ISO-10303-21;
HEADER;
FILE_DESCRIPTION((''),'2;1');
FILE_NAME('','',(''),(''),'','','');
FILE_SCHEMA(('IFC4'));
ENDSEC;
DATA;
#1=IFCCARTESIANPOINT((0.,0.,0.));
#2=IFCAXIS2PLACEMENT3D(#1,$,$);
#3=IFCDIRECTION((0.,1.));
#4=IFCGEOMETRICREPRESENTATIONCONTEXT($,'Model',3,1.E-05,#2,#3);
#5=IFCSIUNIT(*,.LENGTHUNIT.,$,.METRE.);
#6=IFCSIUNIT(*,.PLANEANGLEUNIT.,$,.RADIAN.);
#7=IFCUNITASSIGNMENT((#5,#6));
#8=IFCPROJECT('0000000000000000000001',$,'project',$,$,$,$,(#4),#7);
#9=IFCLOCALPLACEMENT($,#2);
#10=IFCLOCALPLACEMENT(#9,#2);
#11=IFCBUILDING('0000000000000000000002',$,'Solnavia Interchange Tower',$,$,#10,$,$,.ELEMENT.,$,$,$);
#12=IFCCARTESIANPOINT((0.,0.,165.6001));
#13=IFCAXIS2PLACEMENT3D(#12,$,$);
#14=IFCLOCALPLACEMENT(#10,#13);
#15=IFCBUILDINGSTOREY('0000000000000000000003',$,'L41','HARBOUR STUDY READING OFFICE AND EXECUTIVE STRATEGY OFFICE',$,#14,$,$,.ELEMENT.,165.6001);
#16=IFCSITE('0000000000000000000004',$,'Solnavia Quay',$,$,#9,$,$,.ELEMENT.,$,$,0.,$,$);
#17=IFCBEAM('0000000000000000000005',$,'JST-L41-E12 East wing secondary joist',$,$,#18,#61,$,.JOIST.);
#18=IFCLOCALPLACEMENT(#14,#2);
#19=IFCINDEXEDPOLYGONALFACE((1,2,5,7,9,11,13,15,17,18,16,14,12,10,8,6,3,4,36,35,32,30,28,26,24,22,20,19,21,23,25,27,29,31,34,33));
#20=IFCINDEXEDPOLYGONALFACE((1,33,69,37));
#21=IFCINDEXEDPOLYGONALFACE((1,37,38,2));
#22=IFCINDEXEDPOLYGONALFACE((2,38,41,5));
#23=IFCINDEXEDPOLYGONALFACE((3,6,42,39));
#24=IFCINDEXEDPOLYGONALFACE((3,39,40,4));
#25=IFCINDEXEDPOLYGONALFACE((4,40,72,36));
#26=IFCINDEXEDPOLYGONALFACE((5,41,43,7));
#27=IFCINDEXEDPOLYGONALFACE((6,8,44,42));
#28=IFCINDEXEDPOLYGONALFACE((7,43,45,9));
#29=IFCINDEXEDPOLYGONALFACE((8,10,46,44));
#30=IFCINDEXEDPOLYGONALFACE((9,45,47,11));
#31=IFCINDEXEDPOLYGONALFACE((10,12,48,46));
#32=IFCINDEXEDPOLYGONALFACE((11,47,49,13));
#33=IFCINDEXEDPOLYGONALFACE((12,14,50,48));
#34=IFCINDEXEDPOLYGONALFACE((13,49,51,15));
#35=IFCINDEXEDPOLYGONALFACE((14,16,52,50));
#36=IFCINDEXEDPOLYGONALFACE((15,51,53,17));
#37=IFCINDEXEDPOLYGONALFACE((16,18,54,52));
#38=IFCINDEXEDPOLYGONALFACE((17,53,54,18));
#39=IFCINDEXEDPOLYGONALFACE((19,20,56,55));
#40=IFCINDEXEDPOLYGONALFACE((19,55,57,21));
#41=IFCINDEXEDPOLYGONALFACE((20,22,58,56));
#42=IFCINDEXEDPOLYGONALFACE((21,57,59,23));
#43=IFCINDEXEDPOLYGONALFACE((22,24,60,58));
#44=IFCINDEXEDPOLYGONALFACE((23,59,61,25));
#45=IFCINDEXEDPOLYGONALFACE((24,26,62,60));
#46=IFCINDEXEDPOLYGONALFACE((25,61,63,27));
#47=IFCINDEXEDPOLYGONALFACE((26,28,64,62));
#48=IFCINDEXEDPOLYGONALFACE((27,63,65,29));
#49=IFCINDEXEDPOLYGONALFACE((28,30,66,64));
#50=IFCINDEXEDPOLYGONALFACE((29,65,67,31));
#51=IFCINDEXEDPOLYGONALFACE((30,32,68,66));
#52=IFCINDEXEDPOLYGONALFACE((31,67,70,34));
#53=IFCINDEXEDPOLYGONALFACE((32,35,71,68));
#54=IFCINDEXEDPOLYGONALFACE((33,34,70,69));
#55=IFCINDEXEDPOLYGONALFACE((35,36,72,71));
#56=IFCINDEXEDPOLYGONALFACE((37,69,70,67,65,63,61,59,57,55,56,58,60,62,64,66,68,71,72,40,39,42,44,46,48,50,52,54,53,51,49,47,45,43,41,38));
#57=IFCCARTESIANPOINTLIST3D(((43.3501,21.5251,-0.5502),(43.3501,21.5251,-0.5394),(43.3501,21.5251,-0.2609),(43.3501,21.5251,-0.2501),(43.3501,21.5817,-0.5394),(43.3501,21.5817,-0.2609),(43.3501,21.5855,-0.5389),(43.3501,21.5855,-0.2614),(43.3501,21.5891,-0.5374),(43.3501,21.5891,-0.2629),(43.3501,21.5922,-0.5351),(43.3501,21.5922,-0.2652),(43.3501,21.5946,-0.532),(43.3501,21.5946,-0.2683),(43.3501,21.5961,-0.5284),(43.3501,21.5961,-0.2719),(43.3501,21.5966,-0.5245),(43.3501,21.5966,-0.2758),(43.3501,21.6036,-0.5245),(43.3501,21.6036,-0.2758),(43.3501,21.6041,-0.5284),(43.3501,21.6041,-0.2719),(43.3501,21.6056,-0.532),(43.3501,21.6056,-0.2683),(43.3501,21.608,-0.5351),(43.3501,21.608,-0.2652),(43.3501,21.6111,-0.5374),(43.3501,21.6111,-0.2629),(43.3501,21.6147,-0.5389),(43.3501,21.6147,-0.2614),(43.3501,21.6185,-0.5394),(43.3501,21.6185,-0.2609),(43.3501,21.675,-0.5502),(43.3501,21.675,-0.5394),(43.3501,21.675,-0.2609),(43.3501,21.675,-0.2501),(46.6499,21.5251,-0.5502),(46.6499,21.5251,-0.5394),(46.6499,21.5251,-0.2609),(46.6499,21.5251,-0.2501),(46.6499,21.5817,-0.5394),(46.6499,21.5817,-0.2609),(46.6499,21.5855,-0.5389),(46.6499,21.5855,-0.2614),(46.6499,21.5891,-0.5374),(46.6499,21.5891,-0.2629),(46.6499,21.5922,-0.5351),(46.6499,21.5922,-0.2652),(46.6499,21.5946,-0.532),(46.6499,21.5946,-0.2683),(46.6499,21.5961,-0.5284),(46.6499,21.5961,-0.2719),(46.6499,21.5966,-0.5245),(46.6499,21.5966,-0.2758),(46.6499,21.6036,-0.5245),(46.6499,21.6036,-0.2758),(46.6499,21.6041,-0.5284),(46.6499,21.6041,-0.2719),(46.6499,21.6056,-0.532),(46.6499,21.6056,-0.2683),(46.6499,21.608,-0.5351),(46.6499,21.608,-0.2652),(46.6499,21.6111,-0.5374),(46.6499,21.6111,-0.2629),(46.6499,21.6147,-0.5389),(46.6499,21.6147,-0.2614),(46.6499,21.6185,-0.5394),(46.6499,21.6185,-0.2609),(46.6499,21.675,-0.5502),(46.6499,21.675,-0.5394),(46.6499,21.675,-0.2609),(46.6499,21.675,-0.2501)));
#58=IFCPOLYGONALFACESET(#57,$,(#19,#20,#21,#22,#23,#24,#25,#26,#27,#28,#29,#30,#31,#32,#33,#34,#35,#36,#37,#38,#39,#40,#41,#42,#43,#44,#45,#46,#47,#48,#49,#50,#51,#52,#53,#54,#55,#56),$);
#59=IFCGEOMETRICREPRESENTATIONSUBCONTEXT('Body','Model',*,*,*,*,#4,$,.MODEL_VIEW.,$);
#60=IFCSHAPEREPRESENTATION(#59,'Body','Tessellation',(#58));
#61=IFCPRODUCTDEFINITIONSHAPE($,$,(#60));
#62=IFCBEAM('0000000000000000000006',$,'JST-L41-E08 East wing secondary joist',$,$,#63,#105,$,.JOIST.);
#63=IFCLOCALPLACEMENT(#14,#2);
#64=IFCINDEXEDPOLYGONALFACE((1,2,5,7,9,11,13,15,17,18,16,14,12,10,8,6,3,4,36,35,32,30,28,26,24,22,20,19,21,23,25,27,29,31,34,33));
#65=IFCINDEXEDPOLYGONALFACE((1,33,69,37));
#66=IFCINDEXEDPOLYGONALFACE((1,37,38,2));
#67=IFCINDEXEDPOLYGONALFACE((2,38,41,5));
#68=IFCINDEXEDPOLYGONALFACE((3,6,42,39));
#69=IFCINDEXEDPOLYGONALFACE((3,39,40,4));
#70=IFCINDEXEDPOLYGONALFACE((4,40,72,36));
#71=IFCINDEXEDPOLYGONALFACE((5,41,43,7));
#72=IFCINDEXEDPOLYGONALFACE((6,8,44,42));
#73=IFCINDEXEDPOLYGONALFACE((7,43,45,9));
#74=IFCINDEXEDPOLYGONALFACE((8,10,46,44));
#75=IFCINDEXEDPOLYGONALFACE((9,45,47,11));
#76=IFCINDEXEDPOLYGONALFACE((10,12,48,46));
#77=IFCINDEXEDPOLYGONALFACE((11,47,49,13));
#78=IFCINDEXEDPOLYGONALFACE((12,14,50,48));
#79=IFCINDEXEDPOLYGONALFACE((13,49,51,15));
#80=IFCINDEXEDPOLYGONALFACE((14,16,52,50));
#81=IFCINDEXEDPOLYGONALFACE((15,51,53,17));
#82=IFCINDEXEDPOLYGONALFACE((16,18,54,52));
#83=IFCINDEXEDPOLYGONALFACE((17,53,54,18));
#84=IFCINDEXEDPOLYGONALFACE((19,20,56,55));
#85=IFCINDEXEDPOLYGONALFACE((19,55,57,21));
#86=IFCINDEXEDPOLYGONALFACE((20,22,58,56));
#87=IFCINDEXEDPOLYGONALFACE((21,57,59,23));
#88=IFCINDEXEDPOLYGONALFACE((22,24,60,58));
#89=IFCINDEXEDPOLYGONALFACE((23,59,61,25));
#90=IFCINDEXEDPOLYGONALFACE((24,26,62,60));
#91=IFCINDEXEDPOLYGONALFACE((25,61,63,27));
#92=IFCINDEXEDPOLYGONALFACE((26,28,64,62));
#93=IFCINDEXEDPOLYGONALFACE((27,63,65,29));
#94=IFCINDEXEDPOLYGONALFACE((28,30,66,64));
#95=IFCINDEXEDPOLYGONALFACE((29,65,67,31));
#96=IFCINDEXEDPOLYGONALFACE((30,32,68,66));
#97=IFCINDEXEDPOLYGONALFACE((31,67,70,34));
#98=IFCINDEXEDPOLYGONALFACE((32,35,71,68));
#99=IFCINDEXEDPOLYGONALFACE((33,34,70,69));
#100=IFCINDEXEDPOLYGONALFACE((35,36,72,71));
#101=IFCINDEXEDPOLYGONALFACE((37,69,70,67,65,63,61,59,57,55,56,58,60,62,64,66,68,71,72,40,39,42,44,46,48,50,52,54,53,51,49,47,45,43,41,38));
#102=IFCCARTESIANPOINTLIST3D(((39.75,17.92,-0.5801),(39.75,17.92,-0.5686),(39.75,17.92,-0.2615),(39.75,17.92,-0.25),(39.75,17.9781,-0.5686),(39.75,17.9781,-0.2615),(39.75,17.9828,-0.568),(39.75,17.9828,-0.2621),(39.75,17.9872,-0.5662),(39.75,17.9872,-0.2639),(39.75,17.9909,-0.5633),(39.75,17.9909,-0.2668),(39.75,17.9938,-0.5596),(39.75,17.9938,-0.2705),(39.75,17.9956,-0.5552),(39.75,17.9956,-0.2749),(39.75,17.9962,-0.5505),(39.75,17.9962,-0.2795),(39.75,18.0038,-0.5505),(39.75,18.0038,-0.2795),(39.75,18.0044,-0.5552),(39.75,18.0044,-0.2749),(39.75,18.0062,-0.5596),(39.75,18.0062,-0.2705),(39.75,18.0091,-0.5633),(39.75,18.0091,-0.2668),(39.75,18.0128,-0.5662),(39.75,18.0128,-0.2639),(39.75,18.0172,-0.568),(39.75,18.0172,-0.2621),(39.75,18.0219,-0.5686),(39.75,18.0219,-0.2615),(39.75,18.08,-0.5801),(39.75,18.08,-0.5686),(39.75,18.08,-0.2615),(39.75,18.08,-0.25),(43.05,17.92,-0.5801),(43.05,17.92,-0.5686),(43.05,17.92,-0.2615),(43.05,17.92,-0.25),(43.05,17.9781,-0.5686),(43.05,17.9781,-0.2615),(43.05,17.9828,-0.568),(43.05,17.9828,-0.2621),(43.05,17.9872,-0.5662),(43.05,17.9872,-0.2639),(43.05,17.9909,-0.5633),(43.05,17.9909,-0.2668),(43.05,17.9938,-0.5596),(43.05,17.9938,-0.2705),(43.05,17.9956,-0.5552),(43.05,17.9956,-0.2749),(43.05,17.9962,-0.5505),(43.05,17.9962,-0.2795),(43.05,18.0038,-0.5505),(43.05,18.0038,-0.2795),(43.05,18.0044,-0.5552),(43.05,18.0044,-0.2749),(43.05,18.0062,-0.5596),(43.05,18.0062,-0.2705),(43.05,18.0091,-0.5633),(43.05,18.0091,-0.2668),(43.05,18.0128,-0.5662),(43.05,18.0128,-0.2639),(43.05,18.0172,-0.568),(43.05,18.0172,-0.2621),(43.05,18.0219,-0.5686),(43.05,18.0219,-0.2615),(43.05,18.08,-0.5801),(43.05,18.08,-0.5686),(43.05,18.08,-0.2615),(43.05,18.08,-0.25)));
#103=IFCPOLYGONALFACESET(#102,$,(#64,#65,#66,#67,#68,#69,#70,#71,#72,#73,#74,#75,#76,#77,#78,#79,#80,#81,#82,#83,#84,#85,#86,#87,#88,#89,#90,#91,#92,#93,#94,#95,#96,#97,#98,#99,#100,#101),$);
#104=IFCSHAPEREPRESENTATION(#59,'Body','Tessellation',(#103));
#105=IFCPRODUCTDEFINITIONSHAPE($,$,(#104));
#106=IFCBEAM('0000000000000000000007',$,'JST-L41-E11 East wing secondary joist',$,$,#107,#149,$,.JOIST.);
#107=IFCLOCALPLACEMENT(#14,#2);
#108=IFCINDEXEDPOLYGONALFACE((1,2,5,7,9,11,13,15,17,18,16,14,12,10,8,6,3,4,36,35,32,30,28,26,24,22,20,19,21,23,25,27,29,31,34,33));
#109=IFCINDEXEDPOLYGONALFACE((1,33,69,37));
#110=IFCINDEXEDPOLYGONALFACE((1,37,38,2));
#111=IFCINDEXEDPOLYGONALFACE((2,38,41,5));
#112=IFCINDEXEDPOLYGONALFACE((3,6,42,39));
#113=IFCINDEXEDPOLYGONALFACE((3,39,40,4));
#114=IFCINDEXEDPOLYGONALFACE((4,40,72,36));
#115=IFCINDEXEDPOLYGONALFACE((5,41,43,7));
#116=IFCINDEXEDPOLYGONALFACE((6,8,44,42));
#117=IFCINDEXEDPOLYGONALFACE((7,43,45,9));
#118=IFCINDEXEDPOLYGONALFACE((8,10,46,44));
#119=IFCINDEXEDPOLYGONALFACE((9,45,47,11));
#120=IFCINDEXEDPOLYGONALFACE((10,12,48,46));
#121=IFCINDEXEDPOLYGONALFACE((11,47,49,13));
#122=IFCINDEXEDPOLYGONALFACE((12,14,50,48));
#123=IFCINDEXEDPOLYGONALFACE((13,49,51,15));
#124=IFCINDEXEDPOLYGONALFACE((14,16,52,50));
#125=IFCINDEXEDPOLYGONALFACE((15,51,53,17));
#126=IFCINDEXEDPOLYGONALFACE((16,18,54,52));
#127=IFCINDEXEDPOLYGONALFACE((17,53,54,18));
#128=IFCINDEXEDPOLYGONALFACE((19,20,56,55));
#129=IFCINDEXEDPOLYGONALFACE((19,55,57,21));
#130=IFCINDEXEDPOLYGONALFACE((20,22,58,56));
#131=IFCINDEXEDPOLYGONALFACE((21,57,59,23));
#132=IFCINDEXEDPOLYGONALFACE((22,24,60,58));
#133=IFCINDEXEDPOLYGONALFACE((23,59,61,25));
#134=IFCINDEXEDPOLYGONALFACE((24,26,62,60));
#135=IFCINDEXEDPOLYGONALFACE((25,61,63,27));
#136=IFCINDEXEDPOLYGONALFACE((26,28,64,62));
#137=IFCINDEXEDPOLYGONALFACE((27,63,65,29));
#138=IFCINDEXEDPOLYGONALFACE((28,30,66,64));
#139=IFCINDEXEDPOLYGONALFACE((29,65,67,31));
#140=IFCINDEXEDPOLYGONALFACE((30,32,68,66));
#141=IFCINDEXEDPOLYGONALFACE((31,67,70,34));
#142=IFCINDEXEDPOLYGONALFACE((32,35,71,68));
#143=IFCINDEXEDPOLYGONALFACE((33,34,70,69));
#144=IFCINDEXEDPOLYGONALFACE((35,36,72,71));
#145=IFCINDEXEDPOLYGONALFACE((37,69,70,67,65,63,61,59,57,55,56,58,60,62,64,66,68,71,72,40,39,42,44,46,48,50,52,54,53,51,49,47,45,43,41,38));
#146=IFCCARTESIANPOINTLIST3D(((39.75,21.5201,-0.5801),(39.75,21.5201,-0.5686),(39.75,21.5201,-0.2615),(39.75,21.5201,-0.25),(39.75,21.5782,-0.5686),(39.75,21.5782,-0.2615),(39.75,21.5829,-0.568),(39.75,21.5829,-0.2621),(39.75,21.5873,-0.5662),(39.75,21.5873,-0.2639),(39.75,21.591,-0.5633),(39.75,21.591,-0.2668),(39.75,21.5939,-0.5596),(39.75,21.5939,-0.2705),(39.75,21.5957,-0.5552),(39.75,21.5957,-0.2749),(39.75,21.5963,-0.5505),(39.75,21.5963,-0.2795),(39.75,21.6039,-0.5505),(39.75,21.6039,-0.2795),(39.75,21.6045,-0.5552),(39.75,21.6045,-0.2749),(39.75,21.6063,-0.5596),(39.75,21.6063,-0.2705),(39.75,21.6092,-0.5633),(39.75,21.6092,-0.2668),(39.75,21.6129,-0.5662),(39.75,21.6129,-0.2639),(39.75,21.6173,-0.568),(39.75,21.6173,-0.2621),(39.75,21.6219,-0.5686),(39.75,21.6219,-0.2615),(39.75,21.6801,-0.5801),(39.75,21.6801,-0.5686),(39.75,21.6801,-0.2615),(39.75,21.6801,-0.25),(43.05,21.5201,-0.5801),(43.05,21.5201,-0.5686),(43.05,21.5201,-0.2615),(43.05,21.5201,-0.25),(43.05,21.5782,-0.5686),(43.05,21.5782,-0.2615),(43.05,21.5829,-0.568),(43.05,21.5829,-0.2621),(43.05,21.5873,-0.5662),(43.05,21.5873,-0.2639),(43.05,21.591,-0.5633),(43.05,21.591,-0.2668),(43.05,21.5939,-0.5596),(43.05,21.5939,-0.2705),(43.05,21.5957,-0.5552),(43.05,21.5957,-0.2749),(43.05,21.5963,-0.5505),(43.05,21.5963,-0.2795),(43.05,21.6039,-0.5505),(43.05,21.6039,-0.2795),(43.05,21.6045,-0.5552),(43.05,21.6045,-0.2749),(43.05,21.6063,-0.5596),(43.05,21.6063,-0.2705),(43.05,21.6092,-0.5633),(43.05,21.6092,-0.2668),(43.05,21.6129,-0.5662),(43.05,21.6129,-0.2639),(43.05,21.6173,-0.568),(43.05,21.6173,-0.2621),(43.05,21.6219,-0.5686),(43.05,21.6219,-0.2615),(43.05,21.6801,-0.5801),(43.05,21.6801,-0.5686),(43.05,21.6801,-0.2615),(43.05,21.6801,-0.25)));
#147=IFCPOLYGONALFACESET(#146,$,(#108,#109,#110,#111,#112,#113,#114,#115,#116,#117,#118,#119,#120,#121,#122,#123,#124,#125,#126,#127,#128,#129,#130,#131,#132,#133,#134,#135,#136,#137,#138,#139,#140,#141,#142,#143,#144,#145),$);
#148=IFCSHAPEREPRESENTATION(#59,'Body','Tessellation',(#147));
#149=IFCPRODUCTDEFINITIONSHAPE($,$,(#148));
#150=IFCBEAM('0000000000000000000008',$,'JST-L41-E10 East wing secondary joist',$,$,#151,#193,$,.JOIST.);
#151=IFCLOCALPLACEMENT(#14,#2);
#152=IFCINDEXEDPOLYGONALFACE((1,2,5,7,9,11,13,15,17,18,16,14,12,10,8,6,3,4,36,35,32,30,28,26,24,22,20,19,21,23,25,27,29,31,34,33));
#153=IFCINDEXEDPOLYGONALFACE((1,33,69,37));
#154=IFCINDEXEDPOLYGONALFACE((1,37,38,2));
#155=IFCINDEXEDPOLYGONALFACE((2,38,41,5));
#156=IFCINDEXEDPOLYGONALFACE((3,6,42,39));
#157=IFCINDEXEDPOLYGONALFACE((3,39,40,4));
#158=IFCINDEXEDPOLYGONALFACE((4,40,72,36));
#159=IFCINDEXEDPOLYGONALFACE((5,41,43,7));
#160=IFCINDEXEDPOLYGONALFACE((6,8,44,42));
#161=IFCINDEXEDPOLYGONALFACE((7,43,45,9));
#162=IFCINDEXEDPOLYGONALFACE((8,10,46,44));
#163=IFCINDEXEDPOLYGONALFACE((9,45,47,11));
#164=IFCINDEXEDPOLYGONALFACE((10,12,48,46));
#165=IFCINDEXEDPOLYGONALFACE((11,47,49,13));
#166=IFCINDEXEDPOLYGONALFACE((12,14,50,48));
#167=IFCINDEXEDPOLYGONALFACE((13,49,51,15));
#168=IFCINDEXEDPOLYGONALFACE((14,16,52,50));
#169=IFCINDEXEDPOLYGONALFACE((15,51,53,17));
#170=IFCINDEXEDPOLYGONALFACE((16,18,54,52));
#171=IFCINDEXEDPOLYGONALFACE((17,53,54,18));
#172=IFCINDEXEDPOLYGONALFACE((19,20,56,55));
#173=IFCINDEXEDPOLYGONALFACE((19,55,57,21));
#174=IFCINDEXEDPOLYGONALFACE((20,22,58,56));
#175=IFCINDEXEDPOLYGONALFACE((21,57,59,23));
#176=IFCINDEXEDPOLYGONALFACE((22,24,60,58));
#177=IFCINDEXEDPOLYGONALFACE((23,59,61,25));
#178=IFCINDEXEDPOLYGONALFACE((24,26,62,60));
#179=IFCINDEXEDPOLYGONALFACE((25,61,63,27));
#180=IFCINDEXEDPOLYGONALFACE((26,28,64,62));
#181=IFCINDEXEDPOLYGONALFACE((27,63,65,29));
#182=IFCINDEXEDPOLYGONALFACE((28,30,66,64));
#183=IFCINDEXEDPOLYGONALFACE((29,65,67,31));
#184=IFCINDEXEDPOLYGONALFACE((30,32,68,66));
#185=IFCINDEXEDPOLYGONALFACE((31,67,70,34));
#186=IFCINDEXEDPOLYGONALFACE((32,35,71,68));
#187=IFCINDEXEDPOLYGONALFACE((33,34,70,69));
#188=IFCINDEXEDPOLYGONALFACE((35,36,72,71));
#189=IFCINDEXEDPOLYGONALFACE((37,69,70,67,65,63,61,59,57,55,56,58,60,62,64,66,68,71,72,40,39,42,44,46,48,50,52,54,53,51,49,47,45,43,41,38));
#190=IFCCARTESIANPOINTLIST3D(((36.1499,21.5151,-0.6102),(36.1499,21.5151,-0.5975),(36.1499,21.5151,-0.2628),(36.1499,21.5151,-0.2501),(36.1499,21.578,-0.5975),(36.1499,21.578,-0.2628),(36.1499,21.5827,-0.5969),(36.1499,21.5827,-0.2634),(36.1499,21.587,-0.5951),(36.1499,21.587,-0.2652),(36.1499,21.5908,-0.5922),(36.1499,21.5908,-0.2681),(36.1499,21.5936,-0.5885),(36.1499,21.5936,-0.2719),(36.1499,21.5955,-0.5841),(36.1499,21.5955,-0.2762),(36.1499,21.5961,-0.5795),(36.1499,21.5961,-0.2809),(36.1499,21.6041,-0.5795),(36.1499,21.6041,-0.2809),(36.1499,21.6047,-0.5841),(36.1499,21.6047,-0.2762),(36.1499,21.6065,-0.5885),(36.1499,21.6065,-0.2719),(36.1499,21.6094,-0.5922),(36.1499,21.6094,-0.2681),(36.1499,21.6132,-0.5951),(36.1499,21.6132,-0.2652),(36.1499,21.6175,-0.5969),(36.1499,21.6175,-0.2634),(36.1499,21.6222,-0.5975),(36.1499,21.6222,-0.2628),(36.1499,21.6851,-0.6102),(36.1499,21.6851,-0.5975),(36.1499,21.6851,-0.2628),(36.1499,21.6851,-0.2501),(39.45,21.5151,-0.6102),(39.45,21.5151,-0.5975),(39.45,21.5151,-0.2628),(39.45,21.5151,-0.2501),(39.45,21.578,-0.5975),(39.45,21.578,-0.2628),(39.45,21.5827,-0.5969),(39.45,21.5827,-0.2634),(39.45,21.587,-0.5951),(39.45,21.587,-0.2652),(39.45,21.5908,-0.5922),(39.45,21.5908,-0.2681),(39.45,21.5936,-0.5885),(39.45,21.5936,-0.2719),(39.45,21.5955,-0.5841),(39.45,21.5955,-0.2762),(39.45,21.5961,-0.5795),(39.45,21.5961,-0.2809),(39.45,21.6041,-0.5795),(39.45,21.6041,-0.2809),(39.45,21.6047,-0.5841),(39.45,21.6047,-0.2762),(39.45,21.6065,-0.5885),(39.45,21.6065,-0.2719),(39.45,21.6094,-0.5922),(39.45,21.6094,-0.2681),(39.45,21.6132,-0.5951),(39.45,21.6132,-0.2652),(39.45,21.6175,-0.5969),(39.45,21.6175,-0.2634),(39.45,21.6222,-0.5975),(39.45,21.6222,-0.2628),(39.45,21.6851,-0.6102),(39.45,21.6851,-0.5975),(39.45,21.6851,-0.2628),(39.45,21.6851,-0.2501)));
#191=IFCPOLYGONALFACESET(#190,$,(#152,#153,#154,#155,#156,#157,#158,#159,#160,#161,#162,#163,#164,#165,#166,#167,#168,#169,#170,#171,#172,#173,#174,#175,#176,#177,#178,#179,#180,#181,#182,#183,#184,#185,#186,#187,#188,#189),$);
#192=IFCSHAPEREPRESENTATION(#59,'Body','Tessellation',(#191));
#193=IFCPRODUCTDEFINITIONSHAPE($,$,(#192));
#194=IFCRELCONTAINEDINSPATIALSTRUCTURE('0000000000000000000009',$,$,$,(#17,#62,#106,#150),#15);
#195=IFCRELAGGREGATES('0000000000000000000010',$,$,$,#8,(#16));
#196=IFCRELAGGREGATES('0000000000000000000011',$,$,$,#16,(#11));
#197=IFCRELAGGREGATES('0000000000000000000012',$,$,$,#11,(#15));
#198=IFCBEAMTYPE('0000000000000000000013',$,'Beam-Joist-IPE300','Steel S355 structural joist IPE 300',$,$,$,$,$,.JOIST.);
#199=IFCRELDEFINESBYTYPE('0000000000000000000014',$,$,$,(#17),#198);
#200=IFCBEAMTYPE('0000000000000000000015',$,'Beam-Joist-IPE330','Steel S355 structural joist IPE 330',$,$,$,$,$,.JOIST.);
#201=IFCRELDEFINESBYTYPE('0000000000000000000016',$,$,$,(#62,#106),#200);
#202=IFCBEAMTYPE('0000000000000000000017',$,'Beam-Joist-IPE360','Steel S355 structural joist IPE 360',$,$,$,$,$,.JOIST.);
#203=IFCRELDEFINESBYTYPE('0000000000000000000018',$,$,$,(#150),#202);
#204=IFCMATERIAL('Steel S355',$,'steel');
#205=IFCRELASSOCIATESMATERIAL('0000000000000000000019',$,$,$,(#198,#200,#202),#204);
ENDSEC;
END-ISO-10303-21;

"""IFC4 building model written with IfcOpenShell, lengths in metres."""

from ifc_helpers import new_model, si_unit, direction, frame, origin, origin_2d, place, context, subcontext, project, spatial, i_section, extrude, material, material_profile, profile_set, type_object, element, save


model = new_model("IFC4")

# Units and contexts
model_context = context("Model", 3, precision=1e-05, world=origin(), true_north=direction((0.0, 1.0)))
body_context = subcontext(model_context, "Body", "Model", "MODEL_VIEW")
ifc_project = project(units=[si_unit("LENGTHUNIT", "METRE"), si_unit("PLANEANGLEUNIT", "RADIAN")], contexts=[model_context])

# Site, building, storey
site_placement = place(None, origin())
site = spatial("IfcSite", under=ifc_project, at=site_placement, Name="Solnavia Quay", CompositionType="ELEMENT", RefElevation=0.0)
building_placement = place(site_placement, origin())
building = spatial("IfcBuilding", under=site, at=building_placement, Name="Solnavia Interchange Tower", CompositionType="ELEMENT")
storey_placement = place(building_placement, frame((0.0, 0.0, 165.6001)))
storey = spatial("IfcBuildingStorey", under=building, at=storey_placement, Name="L41", Description="HARBOUR STUDY READING OFFICE AND EXECUTIVE STRATEGY OFFICE", CompositionType="ELEMENT", Elevation=165.6001)

# Shared definitions
ifc_material_1 = material(Name="Steel S355", Category="steel")

# Beams
ifc_material_profile_1 = material_profile(ifc_material_1, i_section(OverallWidth=0.1499, OverallDepth=0.3, WebThickness=0.0071, FlangeThickness=0.0107, FilletRadius=0.0149, at=origin_2d()), Name="IPE 300")
ifc_profile_set_1 = profile_set([ifc_material_profile_1], Name="Steel S355")
beam_type_1 = type_object("IfcBeamType", Name="Beam-Joist-IPE300", Description="Steel S355 structural joist IPE 300", PredefinedType="JOIST", material=ifc_profile_set_1)
for number, where, z_axis, x_axis, name in (
    (1, (43.3501, 21.6001, -0.4001), (1.0, 0.0, 0.0), (0.0, 1.0, 0.0), "JST-L41-E12 East wing secondary joist"),
):
    element("IfcBeam", number, at=place(storey_placement, frame(where, z_axis=z_axis, x_axis=x_axis)), inside=storey, type_object=beam_type_1, Name=name, PredefinedType="JOIST", context=body_context, shape_type="SweptSolid", body=[
        extrude(i_section(OverallWidth=0.1499, OverallDepth=0.3, WebThickness=0.0071, FlangeThickness=0.0107, FilletRadius=0.0149, at=origin_2d()), origin(), (0.0, 0.0, 1.0), 3.2998),
    ])
ifc_material_profile_2 = material_profile(ifc_material_1, i_section(OverallWidth=0.1599, OverallDepth=0.3301, WebThickness=0.0076, FlangeThickness=0.0115, FilletRadius=0.0181, at=origin_2d()), Name="IPE 330")
ifc_profile_set_2 = profile_set([ifc_material_profile_2], Name="Steel S355")
beam_type_2 = type_object("IfcBeamType", Name="Beam-Joist-IPE330", Description="Steel S355 structural joist IPE 330", PredefinedType="JOIST", material=ifc_profile_set_2)
for number, where, z_axis, x_axis, name in (
    (2, (39.75, 18.0, -0.415), (1.0, 0.0, 0.0), (0.0, 1.0, 0.0), "JST-L41-E08 East wing secondary joist"),
    (3, (39.75, 21.6001, -0.415), (1.0, 0.0, 0.0), (0.0, 1.0, 0.0), "JST-L41-E11 East wing secondary joist"),
):
    element("IfcBeam", number, at=place(storey_placement, frame(where, z_axis=z_axis, x_axis=x_axis)), inside=storey, type_object=beam_type_2, Name=name, PredefinedType="JOIST", context=body_context, shape_type="SweptSolid", body=[
        extrude(i_section(OverallWidth=0.1599, OverallDepth=0.3301, WebThickness=0.0076, FlangeThickness=0.0115, FilletRadius=0.0181, at=origin_2d()), origin(), (0.0, 0.0, 1.0), 3.3),
    ])
ifc_material_profile_3 = material_profile(ifc_material_1, i_section(OverallWidth=0.1699, OverallDepth=0.3601, WebThickness=0.0081, FlangeThickness=0.0127, FilletRadius=0.0181, at=origin_2d()), Name="IPE 360")
ifc_profile_set_3 = profile_set([ifc_material_profile_3], Name="Steel S355")
beam_type_3 = type_object("IfcBeamType", Name="Beam-Joist-IPE360", Description="Steel S355 structural joist IPE 360", PredefinedType="JOIST", material=ifc_profile_set_3)
beam_1_placement = place(storey_placement, frame((36.1499, 21.6001, -0.4302), z_axis=(1.0, 0.0, 0.0), x_axis=(0.0, 1.0, 0.0)))
element("IfcBeam", 4, at=beam_1_placement, inside=storey, type_object=beam_type_3, Name="JST-L41-E10 East wing secondary joist", PredefinedType="JOIST", context=body_context, shape_type="SweptSolid", body=[
    extrude(i_section(OverallWidth=0.1699, OverallDepth=0.3601, WebThickness=0.0081, FlangeThickness=0.0127, FilletRadius=0.0181, at=origin_2d()), origin(), (0.0, 0.0, 1.0), 3.3),
])

save(model, "model.ifc")
